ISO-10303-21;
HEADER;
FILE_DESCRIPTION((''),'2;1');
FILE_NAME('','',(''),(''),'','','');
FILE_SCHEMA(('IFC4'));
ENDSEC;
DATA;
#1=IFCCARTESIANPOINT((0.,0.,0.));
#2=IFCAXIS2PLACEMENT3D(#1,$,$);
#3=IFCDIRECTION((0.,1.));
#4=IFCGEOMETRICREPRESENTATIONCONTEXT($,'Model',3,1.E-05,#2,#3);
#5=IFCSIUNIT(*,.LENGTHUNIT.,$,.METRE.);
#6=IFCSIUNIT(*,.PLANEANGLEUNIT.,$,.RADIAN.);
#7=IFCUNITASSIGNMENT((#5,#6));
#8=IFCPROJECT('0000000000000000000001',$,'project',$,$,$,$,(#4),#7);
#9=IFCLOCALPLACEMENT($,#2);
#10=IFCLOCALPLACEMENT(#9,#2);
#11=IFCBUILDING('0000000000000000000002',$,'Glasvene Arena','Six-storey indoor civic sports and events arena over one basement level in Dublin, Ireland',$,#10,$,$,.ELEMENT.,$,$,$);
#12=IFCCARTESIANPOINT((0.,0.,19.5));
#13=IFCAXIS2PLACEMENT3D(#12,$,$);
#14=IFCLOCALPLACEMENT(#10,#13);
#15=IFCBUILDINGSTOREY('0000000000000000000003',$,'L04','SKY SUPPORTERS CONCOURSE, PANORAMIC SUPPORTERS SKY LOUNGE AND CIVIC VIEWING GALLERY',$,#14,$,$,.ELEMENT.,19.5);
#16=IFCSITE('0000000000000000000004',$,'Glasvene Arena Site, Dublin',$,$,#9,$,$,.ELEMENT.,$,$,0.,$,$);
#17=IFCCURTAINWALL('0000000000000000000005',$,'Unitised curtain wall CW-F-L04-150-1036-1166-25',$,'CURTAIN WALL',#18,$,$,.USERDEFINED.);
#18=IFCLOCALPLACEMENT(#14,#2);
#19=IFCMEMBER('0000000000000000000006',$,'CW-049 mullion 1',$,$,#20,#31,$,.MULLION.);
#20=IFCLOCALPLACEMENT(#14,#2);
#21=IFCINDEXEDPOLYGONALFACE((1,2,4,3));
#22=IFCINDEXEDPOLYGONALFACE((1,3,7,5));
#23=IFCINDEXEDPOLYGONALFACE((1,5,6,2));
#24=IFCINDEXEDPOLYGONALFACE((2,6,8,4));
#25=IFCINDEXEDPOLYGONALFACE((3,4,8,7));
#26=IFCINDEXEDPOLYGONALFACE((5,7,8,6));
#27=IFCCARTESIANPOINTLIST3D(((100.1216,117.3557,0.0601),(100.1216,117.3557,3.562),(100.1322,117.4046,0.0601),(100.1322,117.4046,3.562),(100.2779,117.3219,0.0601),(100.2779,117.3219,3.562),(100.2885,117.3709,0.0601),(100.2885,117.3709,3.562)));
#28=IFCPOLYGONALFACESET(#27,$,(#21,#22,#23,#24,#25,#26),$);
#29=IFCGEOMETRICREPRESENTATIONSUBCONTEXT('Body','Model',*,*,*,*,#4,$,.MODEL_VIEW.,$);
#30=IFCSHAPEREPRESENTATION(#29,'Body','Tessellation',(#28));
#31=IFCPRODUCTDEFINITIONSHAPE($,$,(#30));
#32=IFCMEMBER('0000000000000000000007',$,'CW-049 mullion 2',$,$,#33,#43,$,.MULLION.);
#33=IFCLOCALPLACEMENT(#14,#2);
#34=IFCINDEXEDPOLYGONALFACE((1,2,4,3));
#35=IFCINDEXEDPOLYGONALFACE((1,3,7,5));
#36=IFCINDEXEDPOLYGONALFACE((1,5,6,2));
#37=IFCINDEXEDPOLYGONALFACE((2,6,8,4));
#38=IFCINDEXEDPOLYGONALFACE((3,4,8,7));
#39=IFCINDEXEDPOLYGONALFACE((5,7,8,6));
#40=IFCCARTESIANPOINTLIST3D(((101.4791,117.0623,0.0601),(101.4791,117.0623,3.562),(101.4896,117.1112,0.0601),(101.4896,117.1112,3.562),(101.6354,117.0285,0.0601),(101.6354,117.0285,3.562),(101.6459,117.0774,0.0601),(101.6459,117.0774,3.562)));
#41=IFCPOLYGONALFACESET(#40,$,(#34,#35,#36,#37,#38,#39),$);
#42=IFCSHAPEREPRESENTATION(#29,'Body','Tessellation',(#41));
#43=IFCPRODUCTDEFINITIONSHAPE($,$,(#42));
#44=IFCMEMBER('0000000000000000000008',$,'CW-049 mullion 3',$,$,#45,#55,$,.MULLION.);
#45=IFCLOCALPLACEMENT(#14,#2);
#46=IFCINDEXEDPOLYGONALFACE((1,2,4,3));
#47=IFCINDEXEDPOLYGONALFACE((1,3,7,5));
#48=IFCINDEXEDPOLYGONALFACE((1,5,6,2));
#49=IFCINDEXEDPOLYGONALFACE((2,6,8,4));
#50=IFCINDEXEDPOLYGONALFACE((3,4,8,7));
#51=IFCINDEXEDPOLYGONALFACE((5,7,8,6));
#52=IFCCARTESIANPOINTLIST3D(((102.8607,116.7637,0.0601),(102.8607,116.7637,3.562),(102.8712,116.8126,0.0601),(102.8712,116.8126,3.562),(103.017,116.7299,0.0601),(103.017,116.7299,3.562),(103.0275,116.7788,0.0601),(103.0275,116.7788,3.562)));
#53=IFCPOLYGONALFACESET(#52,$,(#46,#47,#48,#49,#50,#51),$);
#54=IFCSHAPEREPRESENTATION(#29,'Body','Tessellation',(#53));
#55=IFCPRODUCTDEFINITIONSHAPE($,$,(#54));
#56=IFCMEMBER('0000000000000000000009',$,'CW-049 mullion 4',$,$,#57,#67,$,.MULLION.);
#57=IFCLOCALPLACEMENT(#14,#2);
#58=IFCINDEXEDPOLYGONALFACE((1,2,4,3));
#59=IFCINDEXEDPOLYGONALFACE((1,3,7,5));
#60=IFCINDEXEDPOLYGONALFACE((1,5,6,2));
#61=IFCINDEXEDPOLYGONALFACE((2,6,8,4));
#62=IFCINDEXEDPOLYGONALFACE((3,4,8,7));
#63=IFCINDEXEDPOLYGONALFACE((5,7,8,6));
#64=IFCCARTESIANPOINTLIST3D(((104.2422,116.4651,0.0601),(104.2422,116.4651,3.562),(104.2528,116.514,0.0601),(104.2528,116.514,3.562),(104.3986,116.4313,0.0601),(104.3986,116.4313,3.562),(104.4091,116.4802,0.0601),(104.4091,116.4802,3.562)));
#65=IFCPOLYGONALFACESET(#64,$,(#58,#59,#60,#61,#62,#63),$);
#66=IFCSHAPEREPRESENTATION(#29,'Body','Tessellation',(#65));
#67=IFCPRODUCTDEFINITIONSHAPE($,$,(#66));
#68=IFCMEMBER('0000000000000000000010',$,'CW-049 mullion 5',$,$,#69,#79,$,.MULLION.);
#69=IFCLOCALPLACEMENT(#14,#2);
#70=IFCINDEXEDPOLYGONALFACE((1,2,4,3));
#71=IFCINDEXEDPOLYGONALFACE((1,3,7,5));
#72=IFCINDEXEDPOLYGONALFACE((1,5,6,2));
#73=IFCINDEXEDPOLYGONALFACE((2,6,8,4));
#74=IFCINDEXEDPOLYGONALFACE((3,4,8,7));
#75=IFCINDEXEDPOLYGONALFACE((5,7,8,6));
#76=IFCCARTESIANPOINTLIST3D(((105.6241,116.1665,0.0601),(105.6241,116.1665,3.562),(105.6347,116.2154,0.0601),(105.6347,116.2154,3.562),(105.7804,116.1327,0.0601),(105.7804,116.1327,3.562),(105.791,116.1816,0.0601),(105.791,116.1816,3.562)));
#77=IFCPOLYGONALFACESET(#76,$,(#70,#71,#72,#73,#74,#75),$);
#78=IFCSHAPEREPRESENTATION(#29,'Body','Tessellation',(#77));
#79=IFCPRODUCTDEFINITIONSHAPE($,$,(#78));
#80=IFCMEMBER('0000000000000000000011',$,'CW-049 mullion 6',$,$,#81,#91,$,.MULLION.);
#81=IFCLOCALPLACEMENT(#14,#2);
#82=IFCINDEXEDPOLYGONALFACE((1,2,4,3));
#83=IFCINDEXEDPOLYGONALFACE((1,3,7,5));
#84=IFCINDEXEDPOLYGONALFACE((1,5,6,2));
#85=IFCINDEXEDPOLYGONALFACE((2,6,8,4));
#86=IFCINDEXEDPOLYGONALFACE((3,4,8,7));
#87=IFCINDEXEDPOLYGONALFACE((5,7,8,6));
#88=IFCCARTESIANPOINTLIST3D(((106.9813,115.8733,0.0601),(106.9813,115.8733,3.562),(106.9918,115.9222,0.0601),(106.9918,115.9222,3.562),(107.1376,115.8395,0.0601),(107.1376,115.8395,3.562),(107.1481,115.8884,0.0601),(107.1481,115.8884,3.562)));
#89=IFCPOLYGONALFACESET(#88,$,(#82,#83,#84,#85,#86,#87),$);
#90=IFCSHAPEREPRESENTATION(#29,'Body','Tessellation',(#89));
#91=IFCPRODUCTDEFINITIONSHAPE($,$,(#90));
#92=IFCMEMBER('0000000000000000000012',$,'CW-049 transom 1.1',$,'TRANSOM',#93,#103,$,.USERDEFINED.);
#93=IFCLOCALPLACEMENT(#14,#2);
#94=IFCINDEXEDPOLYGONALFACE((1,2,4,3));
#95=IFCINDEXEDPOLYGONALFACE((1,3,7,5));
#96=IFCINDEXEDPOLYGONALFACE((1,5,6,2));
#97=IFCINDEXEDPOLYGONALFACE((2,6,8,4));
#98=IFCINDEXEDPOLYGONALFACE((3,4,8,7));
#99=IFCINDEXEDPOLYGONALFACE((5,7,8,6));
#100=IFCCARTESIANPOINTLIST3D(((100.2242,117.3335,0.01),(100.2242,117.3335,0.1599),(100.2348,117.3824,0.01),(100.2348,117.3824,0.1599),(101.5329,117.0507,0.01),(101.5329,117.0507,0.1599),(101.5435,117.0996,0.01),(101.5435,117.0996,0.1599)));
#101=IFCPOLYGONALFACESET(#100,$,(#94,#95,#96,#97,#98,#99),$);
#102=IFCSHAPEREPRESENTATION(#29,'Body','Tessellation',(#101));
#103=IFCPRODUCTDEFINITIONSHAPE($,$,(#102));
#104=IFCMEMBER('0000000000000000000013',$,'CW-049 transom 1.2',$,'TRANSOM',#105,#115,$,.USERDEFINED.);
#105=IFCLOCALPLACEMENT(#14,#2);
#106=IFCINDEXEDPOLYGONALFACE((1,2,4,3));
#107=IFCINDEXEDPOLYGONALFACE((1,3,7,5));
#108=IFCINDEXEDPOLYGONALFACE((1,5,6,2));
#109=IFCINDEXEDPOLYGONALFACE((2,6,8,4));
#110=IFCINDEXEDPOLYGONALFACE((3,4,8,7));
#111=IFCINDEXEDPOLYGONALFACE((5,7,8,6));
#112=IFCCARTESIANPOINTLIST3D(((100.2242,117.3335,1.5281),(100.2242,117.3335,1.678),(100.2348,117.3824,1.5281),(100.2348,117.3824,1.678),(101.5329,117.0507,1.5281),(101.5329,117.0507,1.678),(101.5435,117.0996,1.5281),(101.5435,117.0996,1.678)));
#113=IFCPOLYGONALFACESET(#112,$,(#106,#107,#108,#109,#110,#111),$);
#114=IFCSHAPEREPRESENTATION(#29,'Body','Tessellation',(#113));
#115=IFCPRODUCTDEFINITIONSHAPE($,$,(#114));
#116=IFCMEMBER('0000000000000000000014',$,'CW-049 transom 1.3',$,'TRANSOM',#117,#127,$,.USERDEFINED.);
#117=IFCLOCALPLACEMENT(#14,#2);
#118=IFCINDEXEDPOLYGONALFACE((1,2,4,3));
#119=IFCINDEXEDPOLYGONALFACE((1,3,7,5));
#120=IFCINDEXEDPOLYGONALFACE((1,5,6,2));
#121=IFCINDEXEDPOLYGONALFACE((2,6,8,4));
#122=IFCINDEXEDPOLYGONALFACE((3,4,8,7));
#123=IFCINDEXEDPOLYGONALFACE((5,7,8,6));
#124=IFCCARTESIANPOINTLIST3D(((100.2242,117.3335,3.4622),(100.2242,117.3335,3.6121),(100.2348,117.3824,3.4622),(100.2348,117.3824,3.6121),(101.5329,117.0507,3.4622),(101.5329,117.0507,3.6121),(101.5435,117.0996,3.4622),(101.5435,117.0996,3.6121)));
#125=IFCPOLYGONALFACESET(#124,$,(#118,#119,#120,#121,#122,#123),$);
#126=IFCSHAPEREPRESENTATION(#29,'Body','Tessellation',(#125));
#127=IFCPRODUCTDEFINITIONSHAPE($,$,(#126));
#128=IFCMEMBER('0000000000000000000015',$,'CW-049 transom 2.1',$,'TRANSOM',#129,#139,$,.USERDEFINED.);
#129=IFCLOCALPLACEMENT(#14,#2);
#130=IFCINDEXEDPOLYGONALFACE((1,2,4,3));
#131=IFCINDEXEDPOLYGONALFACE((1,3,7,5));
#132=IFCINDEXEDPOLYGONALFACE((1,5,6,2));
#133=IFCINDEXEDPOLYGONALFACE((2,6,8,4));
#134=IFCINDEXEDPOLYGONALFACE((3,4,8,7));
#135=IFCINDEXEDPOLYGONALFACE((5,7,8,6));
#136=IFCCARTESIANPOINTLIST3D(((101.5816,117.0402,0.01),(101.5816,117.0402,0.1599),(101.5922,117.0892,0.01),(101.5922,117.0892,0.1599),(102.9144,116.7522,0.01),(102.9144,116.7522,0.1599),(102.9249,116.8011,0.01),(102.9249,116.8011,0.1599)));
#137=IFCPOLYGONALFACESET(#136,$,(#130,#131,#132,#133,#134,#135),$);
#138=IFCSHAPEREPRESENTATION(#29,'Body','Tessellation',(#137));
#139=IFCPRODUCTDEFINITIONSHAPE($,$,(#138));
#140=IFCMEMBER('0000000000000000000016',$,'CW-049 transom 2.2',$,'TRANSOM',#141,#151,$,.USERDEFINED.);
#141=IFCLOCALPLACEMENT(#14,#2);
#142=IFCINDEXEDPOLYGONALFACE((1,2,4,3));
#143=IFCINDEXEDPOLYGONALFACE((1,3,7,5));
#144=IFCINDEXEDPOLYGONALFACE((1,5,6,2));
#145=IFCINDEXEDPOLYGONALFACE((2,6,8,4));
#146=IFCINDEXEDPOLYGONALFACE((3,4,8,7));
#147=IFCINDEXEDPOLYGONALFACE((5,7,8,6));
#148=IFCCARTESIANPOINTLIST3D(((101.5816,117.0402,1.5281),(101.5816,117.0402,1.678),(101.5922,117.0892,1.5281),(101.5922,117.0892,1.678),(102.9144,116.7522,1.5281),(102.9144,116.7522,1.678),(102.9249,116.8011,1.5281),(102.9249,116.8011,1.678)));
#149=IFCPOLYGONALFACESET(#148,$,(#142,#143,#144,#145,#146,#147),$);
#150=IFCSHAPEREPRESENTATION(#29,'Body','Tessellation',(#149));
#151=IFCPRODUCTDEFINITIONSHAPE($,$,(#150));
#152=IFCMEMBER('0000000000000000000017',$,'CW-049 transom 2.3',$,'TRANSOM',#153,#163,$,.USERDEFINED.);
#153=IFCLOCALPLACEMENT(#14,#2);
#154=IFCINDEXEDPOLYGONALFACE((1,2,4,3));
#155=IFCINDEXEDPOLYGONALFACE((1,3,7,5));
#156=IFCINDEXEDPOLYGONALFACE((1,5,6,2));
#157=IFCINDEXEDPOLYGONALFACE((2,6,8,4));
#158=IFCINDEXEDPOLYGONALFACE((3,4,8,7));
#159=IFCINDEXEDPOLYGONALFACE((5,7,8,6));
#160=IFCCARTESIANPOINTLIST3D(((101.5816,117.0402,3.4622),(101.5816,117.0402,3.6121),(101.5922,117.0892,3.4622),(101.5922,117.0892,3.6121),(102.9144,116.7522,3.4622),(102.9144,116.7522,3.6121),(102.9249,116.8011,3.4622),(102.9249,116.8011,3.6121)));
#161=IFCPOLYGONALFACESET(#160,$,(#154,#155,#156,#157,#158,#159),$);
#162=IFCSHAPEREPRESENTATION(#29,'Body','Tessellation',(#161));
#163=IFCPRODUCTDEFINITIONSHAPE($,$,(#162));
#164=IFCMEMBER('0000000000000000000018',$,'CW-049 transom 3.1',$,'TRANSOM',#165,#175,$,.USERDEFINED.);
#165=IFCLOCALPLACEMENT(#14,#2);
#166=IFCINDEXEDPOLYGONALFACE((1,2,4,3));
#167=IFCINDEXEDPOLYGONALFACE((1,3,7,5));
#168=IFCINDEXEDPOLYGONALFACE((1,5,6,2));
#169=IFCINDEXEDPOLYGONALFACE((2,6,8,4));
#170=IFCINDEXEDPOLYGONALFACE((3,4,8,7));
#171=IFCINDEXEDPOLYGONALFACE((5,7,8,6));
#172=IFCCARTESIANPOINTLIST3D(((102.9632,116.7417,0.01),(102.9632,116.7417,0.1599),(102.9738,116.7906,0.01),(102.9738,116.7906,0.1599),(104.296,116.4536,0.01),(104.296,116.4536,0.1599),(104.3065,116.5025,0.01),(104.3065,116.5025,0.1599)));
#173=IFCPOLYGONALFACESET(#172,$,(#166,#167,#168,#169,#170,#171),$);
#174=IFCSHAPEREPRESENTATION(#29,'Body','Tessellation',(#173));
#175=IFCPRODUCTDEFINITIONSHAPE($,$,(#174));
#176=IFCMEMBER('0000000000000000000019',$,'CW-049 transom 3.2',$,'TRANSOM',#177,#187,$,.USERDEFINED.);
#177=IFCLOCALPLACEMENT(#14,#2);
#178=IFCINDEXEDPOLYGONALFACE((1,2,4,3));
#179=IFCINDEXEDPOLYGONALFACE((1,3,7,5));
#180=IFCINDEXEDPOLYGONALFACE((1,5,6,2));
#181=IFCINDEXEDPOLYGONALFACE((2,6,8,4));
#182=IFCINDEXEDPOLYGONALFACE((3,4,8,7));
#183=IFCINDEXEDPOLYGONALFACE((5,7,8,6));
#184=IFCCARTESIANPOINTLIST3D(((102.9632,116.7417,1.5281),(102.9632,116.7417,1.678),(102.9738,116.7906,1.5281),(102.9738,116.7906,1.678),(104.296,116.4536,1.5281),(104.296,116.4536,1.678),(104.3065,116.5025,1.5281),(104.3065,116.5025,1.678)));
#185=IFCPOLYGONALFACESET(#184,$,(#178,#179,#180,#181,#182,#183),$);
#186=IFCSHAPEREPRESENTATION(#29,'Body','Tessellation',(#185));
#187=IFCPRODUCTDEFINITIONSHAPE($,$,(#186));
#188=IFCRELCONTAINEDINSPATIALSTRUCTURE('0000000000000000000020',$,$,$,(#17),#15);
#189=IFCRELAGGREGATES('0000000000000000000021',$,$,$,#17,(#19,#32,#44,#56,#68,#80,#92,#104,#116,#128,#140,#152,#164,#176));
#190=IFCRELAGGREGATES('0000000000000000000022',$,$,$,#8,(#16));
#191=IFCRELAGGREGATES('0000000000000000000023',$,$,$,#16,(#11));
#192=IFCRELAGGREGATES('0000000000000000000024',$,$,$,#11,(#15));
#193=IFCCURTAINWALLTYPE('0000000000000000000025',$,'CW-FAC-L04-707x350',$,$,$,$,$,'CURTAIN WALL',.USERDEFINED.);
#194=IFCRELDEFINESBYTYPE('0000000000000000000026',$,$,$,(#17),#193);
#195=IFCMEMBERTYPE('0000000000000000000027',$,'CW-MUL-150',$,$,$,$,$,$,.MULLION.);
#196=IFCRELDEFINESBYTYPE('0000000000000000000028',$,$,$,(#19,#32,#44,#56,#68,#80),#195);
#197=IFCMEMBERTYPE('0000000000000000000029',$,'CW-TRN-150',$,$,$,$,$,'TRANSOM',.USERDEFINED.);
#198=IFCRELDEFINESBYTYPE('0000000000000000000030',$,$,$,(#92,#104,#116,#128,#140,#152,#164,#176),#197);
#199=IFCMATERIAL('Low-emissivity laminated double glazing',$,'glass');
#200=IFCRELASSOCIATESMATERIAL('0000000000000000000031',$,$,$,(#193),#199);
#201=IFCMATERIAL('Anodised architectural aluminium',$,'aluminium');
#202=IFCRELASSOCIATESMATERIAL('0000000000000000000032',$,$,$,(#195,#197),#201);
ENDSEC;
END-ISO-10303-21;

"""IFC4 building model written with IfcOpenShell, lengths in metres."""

from ifc_helpers import new_model, si_unit, direction, frame, origin, origin_2d, place, context, subcontext, project, spatial, rectangle, extrude, material, material_profile, profile_set, type_object, element, aggregate, save


model = new_model("IFC4")

# Units and contexts
model_context = context("Model", 3, precision=1e-05, world=origin(), true_north=direction((0.0, 1.0)))
body_context = subcontext(model_context, "Body", "Model", "MODEL_VIEW")
ifc_project = project(units=[si_unit("LENGTHUNIT", "METRE"), si_unit("PLANEANGLEUNIT", "RADIAN")], contexts=[model_context])

# Site, building, storey
site_placement = place(None, origin())
site = spatial("IfcSite", under=ifc_project, at=site_placement, Name="Glasvene Arena Site, Dublin", CompositionType="ELEMENT", RefElevation=0.0)
building_placement = place(site_placement, origin())
building = spatial("IfcBuilding", under=site, at=building_placement, Name="Glasvene Arena", Description="Six-storey indoor civic sports and events arena over one basement level in Dublin, Ireland", CompositionType="ELEMENT")
storey_placement = place(building_placement, frame((0.0, 0.0, 19.5)))
storey = spatial("IfcBuildingStorey", under=building, at=storey_placement, Name="L04", Description="SKY SUPPORTERS CONCOURSE, PANORAMIC SUPPORTERS SKY LOUNGE AND CIVIC VIEWING GALLERY", CompositionType="ELEMENT", Elevation=19.5)

# Curtain wall, members
ifc_material_1 = material(Name="Low-emissivity laminated double glazing", Category="glass")
curtain_wall_type = type_object("IfcCurtainWallType", Name="CW-FAC-L04-707x350", ElementType="CURTAIN WALL", PredefinedType="USERDEFINED", material=ifc_material_1)
curtain_wall_placement = place(storey_placement, frame((100.1807, 117.3684, 0.0)))
curtain_wall = element("IfcCurtainWall", 1, at=curtain_wall_placement, inside=storey, type_object=curtain_wall_type, Name="Unitised curtain wall CW-F-L04-150-1036-1166-25", ObjectType="CURTAIN WALL", PredefinedType="USERDEFINED")
ifc_material_2 = material(Name="Anodised architectural aluminium", Category="aluminium")
ifc_material_profile_1 = material_profile(ifc_material_2, rectangle(XDim=0.05, YDim=0.1599, at=origin_2d()), Name="ALU MULLION 50x160")
ifc_profile_set_1 = profile_set([ifc_material_profile_1], Name="Anodised architectural aluminium")
member_type_1 = type_object("IfcMemberType", Name="CW-MUL-150", PredefinedType="MULLION", material=ifc_profile_set_1)
member_1_placement = place(storey_placement, frame((100.2051, 117.3633, 0.0601), z_axis=(0.0, 0.0, 1.0), x_axis=(0.211221, 0.977438, 0.0)))
member_1 = element("IfcMember", 2, at=member_1_placement, type_object=member_type_1, Name="CW-049 mullion 1", PredefinedType="MULLION", context=body_context, shape_type="SweptSolid", body=[
    extrude(rectangle(XDim=0.05, YDim=0.1599, at=origin_2d()), origin(), (0.0, 0.0, 1.0), 3.502),
])
member_2_placement = place(storey_placement, frame((101.5625, 117.0698, 0.0601), z_axis=(0.0, 0.0, 1.0), x_axis=(0.211221, 0.977438, 0.0)))
member_2 = element("IfcMember", 3, at=member_2_placement, type_object=member_type_1, Name="CW-049 mullion 2", PredefinedType="MULLION", context=body_context, shape_type="SweptSolid", body=[
    extrude(rectangle(XDim=0.05, YDim=0.1599, at=origin_2d()), origin(), (0.0, 0.0, 1.0), 3.502),
])
member_3_placement = place(storey_placement, frame((102.9441, 116.7712, 0.0601), z_axis=(0.0, 0.0, 1.0), x_axis=(0.211221, 0.977438, 0.0)))
member_3 = element("IfcMember", 4, at=member_3_placement, type_object=member_type_1, Name="CW-049 mullion 3", PredefinedType="MULLION", context=body_context, shape_type="SweptSolid", body=[
    extrude(rectangle(XDim=0.05, YDim=0.1599, at=origin_2d()), origin(), (0.0, 0.0, 1.0), 3.502),
])
member_4_placement = place(storey_placement, frame((104.3257, 116.4727, 0.0601), z_axis=(0.0, 0.0, 1.0), x_axis=(0.211221, 0.977438, 0.0)))
member_4 = element("IfcMember", 5, at=member_4_placement, type_object=member_type_1, Name="CW-049 mullion 4", PredefinedType="MULLION", context=body_context, shape_type="SweptSolid", body=[
    extrude(rectangle(XDim=0.05, YDim=0.1599, at=origin_2d()), origin(), (0.0, 0.0, 1.0), 3.502),
])
member_5_placement = place(storey_placement, frame((105.7075, 116.1741, 0.0601), z_axis=(0.0, 0.0, 1.0), x_axis=(0.211221, 0.977438, 0.0)))
member_5 = element("IfcMember", 6, at=member_5_placement, type_object=member_type_1, Name="CW-049 mullion 5", PredefinedType="MULLION", context=body_context, shape_type="SweptSolid", body=[
    extrude(rectangle(XDim=0.05, YDim=0.1599, at=origin_2d()), origin(), (0.0, 0.0, 1.0), 3.502),
])
member_6_placement = place(storey_placement, frame((107.0647, 115.8809, 0.0601), z_axis=(0.0, 0.0, 1.0), x_axis=(0.211221, 0.977438, 0.0)))
member_6 = element("IfcMember", 7, at=member_6_placement, type_object=member_type_1, Name="CW-049 mullion 6", PredefinedType="MULLION", context=body_context, shape_type="SweptSolid", body=[
    extrude(rectangle(XDim=0.05, YDim=0.1599, at=origin_2d()), origin(), (0.0, 0.0, 1.0), 3.502),
])
ifc_material_profile_2 = material_profile(ifc_material_2, rectangle(XDim=0.05, YDim=0.1499, at=origin_2d()), Name="ALU TRANSOM 50x150")
ifc_profile_set_2 = profile_set([ifc_material_profile_2], Name="Anodised architectural aluminium")
member_type_2 = type_object("IfcMemberType", Name="CW-TRN-150", ElementType="TRANSOM", PredefinedType="USERDEFINED", material=ifc_profile_set_2)
member_7_placement = place(storey_placement, frame((100.2295, 117.3579, 0.085), z_axis=(0.977449, -0.211173, 0.0), x_axis=(0.211173, 0.977449, 0.0)))
member_7 = element("IfcMember", 8, at=member_7_placement, type_object=member_type_2, Name="CW-049 transom 1.1", ObjectType="TRANSOM", PredefinedType="USERDEFINED", context=body_context, shape_type="SweptSolid", body=[
    extrude(rectangle(XDim=0.05, YDim=0.1499, at=origin_2d()), origin(), (0.0, 0.0, 1.0), 1.3389),
])
member_8_placement = place(storey_placement, frame((100.2295, 117.3579, 1.603), z_axis=(0.977449, -0.211173, 0.0), x_axis=(0.211173, 0.977449, 0.0)))
member_8 = element("IfcMember", 9, at=member_8_placement, type_object=member_type_2, Name="CW-049 transom 1.2", ObjectType="TRANSOM", PredefinedType="USERDEFINED", context=body_context, shape_type="SweptSolid", body=[
    extrude(rectangle(XDim=0.05, YDim=0.1499, at=origin_2d()), origin(), (0.0, 0.0, 1.0), 1.3389),
])
member_9_placement = place(storey_placement, frame((100.2295, 117.3579, 3.5371), z_axis=(0.977449, -0.211173, 0.0), x_axis=(0.211173, 0.977449, 0.0)))
member_9 = element("IfcMember", 10, at=member_9_placement, type_object=member_type_2, Name="CW-049 transom 1.3", ObjectType="TRANSOM", PredefinedType="USERDEFINED", context=body_context, shape_type="SweptSolid", body=[
    extrude(rectangle(XDim=0.05, YDim=0.1499, at=origin_2d()), origin(), (0.0, 0.0, 1.0), 1.3389),
])
member_10_placement = place(storey_placement, frame((101.5869, 117.0647, 0.085), z_axis=(0.977426, -0.211277, 0.0), x_axis=(0.211277, 0.977426, 0.0)))
member_10 = element("IfcMember", 11, at=member_10_placement, type_object=member_type_2, Name="CW-049 transom 2.1", ObjectType="TRANSOM", PredefinedType="USERDEFINED", context=body_context, shape_type="SweptSolid", body=[
    extrude(rectangle(XDim=0.05, YDim=0.1499, at=origin_2d()), origin(), (0.0, 0.0, 1.0), 1.3635),
])
member_11_placement = place(storey_placement, frame((101.5869, 117.0647, 1.603), z_axis=(0.977426, -0.211277, 0.0), x_axis=(0.211277, 0.977426, 0.0)))
member_11 = element("IfcMember", 12, at=member_11_placement, type_object=member_type_2, Name="CW-049 transom 2.2", ObjectType="TRANSOM", PredefinedType="USERDEFINED", context=body_context, shape_type="SweptSolid", body=[
    extrude(rectangle(XDim=0.05, YDim=0.1499, at=origin_2d()), origin(), (0.0, 0.0, 1.0), 1.3635),
])
member_12_placement = place(storey_placement, frame((101.5869, 117.0647, 3.5371), z_axis=(0.977426, -0.211277, 0.0), x_axis=(0.211277, 0.977426, 0.0)))
member_12 = element("IfcMember", 13, at=member_12_placement, type_object=member_type_2, Name="CW-049 transom 2.3", ObjectType="TRANSOM", PredefinedType="USERDEFINED", context=body_context, shape_type="SweptSolid", body=[
    extrude(rectangle(XDim=0.05, YDim=0.1499, at=origin_2d()), origin(), (0.0, 0.0, 1.0), 1.3635),
])
member_13_placement = place(storey_placement, frame((102.9685, 116.7661, 0.085), z_axis=(0.977426, -0.211277, 0.0), x_axis=(0.211277, 0.977426, 0.0)))
member_13 = element("IfcMember", 14, at=member_13_placement, type_object=member_type_2, Name="CW-049 transom 3.1", ObjectType="TRANSOM", PredefinedType="USERDEFINED", context=body_context, shape_type="SweptSolid", body=[
    extrude(rectangle(XDim=0.05, YDim=0.1499, at=origin_2d()), origin(), (0.0, 0.0, 1.0), 1.3635),
])
member_14_placement = place(storey_placement, frame((102.9685, 116.7661, 1.603), z_axis=(0.977426, -0.211277, 0.0), x_axis=(0.211277, 0.977426, 0.0)))
member_14 = element("IfcMember", 15, at=member_14_placement, type_object=member_type_2, Name="CW-049 transom 3.2", ObjectType="TRANSOM", PredefinedType="USERDEFINED", context=body_context, shape_type="SweptSolid", body=[
    extrude(rectangle(XDim=0.05, YDim=0.1499, at=origin_2d()), origin(), (0.0, 0.0, 1.0), 1.3635),
])
aggregate(curtain_wall, [member_1, member_2, member_3, member_4, member_5, member_6, member_7, member_8, member_9, member_10, member_11, member_12, member_13, member_14])

save(model, "model.ifc")
